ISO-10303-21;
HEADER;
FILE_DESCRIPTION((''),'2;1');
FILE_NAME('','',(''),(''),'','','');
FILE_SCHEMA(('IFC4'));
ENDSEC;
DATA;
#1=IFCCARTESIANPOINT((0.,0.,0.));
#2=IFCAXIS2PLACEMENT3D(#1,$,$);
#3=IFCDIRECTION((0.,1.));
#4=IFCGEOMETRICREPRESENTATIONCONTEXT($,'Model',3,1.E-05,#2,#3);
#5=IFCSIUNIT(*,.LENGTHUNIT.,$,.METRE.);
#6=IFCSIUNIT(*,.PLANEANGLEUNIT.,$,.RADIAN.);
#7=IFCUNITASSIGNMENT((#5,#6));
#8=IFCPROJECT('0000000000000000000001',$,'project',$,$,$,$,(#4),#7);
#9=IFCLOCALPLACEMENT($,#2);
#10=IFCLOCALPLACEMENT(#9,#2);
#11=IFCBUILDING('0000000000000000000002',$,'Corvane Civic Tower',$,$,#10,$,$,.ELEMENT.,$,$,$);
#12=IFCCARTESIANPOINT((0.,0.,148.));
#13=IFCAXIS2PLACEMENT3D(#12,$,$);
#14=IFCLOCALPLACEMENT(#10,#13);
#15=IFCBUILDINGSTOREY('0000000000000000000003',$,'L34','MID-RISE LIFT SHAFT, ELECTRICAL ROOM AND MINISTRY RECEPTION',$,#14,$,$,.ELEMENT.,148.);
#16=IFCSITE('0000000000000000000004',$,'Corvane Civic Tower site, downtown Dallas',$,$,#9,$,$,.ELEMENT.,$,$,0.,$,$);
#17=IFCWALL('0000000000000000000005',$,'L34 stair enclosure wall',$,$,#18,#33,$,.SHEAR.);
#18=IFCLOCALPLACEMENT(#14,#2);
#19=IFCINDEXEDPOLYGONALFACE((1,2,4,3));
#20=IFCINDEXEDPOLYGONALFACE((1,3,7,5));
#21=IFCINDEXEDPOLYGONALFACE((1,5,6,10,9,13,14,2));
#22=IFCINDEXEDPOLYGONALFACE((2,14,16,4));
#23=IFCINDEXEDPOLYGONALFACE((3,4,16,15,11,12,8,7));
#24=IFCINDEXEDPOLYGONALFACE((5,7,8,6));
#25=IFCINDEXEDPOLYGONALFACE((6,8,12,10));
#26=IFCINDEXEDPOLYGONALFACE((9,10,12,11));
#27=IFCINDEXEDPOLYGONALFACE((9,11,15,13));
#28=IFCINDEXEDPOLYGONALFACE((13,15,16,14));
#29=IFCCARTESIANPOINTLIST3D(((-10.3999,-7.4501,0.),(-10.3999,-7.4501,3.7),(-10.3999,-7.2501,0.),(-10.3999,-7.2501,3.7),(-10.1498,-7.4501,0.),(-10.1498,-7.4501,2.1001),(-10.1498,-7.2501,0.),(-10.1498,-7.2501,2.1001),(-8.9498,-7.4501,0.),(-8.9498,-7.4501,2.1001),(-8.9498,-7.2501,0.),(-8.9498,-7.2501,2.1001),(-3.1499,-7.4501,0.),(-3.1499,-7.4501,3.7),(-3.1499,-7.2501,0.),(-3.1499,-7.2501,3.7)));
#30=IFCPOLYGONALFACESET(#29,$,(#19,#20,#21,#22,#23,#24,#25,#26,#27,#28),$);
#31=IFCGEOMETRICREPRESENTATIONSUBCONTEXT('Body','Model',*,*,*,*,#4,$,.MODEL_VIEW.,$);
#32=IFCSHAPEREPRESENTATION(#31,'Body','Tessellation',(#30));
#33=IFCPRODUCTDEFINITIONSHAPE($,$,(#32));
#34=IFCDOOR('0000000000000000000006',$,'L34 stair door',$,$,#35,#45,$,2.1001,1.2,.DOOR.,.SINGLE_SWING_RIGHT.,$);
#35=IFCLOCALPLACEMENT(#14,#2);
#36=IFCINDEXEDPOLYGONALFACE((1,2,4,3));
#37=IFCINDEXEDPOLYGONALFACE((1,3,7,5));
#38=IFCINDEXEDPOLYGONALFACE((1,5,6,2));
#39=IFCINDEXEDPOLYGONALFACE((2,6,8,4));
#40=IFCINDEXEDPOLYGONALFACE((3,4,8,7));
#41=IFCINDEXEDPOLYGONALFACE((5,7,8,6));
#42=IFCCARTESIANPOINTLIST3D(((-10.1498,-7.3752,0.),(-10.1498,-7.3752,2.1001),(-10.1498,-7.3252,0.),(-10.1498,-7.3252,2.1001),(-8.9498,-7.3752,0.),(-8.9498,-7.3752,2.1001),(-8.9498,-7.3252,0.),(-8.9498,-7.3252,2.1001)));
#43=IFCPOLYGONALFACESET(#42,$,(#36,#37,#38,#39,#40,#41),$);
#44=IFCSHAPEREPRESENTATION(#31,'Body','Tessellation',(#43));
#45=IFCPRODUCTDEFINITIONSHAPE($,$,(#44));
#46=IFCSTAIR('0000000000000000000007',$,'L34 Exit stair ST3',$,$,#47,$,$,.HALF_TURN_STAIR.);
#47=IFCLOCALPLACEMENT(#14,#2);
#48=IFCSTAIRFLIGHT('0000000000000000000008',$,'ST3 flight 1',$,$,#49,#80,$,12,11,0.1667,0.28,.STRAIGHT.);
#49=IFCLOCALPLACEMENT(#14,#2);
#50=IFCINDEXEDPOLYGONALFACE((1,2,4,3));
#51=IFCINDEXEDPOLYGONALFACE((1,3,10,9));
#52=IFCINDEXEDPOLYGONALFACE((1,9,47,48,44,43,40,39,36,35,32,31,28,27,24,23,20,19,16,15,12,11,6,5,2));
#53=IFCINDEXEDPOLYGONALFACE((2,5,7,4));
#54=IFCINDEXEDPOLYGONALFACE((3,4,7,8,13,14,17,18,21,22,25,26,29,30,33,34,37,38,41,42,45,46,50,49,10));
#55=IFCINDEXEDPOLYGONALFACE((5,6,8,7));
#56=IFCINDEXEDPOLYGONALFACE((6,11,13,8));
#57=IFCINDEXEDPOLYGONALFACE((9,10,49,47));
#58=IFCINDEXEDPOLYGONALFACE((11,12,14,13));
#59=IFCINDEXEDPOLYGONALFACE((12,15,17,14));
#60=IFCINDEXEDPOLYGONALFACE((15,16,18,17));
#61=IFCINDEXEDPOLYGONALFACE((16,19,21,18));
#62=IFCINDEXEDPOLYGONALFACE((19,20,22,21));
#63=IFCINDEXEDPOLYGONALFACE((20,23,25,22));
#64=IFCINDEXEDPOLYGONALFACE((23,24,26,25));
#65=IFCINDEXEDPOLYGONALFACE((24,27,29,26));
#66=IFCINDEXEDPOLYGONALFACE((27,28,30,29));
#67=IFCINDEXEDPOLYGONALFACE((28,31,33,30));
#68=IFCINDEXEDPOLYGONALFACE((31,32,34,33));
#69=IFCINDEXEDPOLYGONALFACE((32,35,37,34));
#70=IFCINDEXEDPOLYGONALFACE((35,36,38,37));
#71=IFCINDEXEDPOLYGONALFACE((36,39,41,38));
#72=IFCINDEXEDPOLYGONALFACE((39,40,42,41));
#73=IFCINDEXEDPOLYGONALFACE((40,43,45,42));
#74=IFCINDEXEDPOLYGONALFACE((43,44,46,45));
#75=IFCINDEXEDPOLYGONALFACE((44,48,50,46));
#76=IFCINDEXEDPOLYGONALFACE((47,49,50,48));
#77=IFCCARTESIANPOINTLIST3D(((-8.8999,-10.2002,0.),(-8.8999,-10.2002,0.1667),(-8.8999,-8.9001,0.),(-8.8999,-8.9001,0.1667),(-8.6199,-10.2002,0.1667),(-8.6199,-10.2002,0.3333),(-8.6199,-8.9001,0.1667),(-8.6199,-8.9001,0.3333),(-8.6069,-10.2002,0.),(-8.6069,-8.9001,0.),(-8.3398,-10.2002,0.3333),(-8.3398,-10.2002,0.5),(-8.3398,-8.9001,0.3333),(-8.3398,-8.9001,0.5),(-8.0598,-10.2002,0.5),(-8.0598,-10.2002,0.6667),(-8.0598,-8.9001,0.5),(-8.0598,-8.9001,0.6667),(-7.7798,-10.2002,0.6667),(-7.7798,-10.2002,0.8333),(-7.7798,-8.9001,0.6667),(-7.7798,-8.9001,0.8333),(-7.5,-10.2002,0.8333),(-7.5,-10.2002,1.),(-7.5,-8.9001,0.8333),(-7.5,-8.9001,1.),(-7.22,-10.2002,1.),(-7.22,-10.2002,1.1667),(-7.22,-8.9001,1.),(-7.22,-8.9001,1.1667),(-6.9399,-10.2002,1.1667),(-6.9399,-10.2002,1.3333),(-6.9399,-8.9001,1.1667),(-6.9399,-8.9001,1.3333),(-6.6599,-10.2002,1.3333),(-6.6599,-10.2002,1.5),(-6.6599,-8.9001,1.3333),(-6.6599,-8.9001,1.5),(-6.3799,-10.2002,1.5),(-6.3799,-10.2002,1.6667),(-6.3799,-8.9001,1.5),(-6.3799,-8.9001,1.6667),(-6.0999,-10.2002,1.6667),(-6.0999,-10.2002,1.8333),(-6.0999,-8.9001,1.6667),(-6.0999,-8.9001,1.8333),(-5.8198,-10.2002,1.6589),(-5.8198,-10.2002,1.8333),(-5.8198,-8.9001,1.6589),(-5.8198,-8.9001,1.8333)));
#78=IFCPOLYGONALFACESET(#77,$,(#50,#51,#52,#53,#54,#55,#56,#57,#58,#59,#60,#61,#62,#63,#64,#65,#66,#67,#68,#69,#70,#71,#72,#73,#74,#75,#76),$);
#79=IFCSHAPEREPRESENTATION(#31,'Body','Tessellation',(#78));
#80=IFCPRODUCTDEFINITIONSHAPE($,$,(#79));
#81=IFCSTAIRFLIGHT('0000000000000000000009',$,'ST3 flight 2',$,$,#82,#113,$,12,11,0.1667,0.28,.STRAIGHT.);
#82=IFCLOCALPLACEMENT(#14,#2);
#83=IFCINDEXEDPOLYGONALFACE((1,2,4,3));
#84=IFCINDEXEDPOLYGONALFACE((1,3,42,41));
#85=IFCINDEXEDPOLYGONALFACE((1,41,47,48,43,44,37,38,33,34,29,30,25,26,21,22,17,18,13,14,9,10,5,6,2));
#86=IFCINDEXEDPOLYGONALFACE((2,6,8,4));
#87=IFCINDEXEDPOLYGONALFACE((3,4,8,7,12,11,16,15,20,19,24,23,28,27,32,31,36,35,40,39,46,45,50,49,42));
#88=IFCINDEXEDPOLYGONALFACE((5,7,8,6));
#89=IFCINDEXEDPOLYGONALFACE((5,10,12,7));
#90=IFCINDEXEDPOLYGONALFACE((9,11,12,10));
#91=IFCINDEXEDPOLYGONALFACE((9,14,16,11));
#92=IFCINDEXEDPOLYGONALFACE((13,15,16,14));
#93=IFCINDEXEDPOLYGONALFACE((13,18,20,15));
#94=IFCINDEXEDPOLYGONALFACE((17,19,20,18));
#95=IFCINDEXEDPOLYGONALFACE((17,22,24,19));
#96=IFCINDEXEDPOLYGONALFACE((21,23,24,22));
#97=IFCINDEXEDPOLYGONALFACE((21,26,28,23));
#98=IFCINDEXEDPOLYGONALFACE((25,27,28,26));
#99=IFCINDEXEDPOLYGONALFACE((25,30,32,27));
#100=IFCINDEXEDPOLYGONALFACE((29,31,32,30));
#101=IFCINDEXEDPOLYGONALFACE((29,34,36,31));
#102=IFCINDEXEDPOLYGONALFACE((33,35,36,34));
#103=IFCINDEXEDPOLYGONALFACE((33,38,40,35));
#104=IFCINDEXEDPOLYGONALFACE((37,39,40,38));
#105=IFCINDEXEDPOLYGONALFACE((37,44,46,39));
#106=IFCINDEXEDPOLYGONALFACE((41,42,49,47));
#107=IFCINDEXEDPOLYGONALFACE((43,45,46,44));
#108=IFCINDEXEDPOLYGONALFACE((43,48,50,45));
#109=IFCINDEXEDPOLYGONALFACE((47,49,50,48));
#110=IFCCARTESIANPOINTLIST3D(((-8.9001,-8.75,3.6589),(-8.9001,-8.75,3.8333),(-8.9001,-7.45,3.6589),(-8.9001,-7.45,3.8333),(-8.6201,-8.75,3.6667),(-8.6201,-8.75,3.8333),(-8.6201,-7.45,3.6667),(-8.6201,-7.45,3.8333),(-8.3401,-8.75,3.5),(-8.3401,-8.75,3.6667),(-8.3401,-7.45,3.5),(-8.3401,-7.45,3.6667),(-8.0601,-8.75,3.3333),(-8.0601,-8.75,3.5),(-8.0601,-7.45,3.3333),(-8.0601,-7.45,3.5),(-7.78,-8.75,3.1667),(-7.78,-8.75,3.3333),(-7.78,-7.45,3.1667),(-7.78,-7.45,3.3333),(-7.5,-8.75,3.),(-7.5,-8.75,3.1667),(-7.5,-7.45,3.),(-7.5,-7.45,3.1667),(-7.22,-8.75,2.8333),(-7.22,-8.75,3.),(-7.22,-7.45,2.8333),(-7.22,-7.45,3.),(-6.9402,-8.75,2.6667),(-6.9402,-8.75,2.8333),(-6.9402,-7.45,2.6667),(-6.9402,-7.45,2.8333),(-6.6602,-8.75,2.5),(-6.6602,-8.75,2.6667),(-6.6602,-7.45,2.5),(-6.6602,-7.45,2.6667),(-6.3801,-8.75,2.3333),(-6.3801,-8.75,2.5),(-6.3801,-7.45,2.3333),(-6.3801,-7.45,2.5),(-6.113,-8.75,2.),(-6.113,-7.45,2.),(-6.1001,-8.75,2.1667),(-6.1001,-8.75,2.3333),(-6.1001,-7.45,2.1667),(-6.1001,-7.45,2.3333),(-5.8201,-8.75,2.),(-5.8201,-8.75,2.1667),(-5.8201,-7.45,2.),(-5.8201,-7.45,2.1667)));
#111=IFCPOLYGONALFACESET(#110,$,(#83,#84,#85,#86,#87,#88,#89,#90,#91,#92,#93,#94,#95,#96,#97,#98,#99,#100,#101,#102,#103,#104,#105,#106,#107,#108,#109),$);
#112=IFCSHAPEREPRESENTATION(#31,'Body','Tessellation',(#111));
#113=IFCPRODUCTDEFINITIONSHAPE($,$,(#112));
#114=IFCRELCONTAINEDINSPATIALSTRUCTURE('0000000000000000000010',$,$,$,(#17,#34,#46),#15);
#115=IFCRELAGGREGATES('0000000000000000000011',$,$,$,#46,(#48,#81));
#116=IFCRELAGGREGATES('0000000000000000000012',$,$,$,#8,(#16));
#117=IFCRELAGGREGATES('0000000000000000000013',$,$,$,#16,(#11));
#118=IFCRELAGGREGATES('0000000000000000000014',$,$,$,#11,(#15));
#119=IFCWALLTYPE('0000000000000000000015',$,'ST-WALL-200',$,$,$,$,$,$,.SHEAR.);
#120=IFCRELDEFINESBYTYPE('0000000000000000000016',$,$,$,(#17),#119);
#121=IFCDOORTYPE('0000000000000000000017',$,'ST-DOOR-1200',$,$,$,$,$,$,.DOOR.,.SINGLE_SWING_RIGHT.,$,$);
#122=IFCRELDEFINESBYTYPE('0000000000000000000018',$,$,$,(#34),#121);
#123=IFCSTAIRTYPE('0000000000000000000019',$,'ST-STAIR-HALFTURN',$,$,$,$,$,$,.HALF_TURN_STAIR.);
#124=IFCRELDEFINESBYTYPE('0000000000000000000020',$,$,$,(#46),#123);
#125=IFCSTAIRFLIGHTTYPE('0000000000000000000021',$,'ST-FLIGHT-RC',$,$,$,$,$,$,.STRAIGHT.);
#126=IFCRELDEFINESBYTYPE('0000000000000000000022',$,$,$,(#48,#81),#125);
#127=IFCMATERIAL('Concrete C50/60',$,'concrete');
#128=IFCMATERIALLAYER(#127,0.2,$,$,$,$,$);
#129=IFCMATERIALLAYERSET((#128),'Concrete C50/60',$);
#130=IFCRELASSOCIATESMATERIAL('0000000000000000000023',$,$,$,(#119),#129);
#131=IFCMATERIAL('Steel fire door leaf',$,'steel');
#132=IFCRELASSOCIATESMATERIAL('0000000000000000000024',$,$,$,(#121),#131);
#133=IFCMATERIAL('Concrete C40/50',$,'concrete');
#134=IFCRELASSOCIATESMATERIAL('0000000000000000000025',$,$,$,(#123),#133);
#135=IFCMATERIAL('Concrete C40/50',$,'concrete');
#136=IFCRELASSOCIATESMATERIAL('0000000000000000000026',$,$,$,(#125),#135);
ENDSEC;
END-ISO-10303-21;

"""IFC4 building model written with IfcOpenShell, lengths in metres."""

from ifc_helpers import new_model, si_unit, direction, frame, frame_2d, origin, place, context, subcontext, project, spatial, polyline, rectangle, outline, extrude, material, layer, layer_set, type_object, element, fill, aggregate, save


model = new_model("IFC4")

# Units and contexts
model_context = context("Model", 3, precision=1e-05, world=origin(), true_north=direction((0.0, 1.0)))
body_context = subcontext(model_context, "Body", "Model", "MODEL_VIEW")
ifc_project = project(units=[si_unit("LENGTHUNIT", "METRE"), si_unit("PLANEANGLEUNIT", "RADIAN")], contexts=[model_context])

# Site, building, storey
site_placement = place(None, origin())
site = spatial("IfcSite", under=ifc_project, at=site_placement, Name="Corvane Civic Tower site, downtown Dallas", CompositionType="ELEMENT", RefElevation=0.0)
building_placement = place(site_placement, origin())
building = spatial("IfcBuilding", under=site, at=building_placement, Name="Corvane Civic Tower", CompositionType="ELEMENT")
storey_placement = place(building_placement, frame((0.0, 0.0, 148.0)))
storey = spatial("IfcBuildingStorey", under=building, at=storey_placement, Name="L34", Description="MID-RISE LIFT SHAFT, ELECTRICAL ROOM AND MINISTRY RECEPTION", CompositionType="ELEMENT", Elevation=148.0)

# Wall, opening, door
ifc_material_1 = material(Name="Concrete C50/60", Category="concrete")
ifc_layer_1 = layer(ifc_material_1, 0.2)
ifc_layer_set_1 = layer_set([ifc_layer_1], Name="Concrete C50/60")
wall_type_1 = type_object("IfcWallType", Name="ST-WALL-200", PredefinedType="SHEAR", material=ifc_layer_set_1)
wall_1_placement = place(storey_placement, frame((-10.3999, -7.3501, 0.0), z_axis=(0.0, 0.0, 1.0), x_axis=(1.0, 0.0, 0.0)))
wall_1 = element("IfcWall", 1, at=wall_1_placement, inside=storey, type_object=wall_type_1, Name="L34 stair enclosure wall", PredefinedType="SHEAR", context=body_context, shape_type="SweptSolid", body=[
    extrude(rectangle(XDim=7.25, YDim=0.2, at=frame_2d((3.625, 0.0))), origin(), (0.0, 0.0, 1.0), 3.7),
])
opening_1_placement = place(wall_1_placement, frame((0.25, 0.0, 0.0)))
opening_1 = element("IfcOpeningElement", 2, at=opening_1_placement, cuts=wall_1, PredefinedType="OPENING", context=body_context, shape_type="SweptSolid", body=[
    extrude(rectangle(XDim=1.2, YDim=2.1001, at=frame_2d((0.6001, 1.05))), frame((0.0, 0.1099, 0.0), z_axis=(0.0, -1.0, 0.0), x_axis=(1.0, 0.0, 0.0)), (0.0, 0.0, 1.0), 0.22),
])
ifc_material_2 = material(Name="Steel fire door leaf", Category="steel")
door_type_1 = type_object("IfcDoorType", Name="ST-DOOR-1200", OperationType="SINGLE_SWING_RIGHT", PredefinedType="DOOR", material=ifc_material_2)
door_1_placement = place(opening_1_placement, origin())
door_1 = element("IfcDoor", 3, at=door_1_placement, inside=storey, type_object=door_type_1, Name="L34 stair door", OperationType="SINGLE_SWING_RIGHT", OverallHeight=2.1001, OverallWidth=1.2, PredefinedType="DOOR", context=body_context, shape_type="SweptSolid", body=[
    extrude(rectangle(XDim=1.2, YDim=2.1001, at=frame_2d((0.6001, 1.05))), frame((0.0, 0.0249, 0.0), z_axis=(0.0, -1.0, 0.0), x_axis=(1.0, 0.0, 0.0)), (0.0, 0.0, 1.0), 0.05),
])
fill(opening_1, door_1)

# Stair, stair flights
ifc_material_3 = material(Name="Concrete C40/50", Category="concrete")
stair_type = type_object("IfcStairType", Name="ST-STAIR-HALFTURN", PredefinedType="HALF_TURN_STAIR", material=ifc_material_3)
stair_placement = place(storey_placement, origin())
stair = element("IfcStair", 4, at=stair_placement, inside=storey, type_object=stair_type, Name="L34 Exit stair ST3", PredefinedType="HALF_TURN_STAIR")
ifc_material_4 = material(Name="Concrete C40/50", Category="concrete")
stair_flight_type = type_object("IfcStairFlightType", Name="ST-FLIGHT-RC", PredefinedType="STRAIGHT", material=ifc_material_4)
stair_flight_1_placement = place(storey_placement, frame((-8.8999, -9.55, 0.0), z_axis=(0.0, 0.0, 1.0), x_axis=(1.0, 0.0, 0.0)))
stair_flight_1 = element("IfcStairFlight", 5, at=stair_flight_1_placement, type_object=stair_flight_type, Name="ST3 flight 1", NumberOfRisers=12, NumberOfTreads=11, PredefinedType="STRAIGHT", RiserHeight=0.1667, TreadLength=0.28, context=body_context, shape_type="SweptSolid", body=[
    extrude(outline(polyline([(0.0, 0.0), (0.0, 0.1667), (0.28, 0.1667), (0.28, 0.3333), (0.5601, 0.3333), (0.5601, 0.5), (0.8401, 0.5), (0.8401, 0.6667), (1.1201, 0.6667), (1.1201, 0.8333), (1.3999, 0.8333), (1.3999, 1.0), (1.6799, 1.0), (1.6799, 1.1667), (1.96, 1.1667), (1.96, 1.3333), (2.24, 1.3333), (2.24, 1.5), (2.52, 1.5), (2.52, 1.6667), (2.8, 1.6667), (2.8, 1.8333), (3.0801, 1.8333), (3.0801, 2.0), (3.0801, 1.6589), (0.293, 0.0), (0.0, 0.0)])), frame((0.0, 0.6499, 0.0), z_axis=(0.0, -1.0, 0.0), x_axis=(1.0, 0.0, 0.0)), (0.0, 0.0, 1.0), 1.3),
])
stair_flight_2_placement = place(storey_placement, frame((-5.8201, -8.1001, 2.0), z_axis=(0.0, 0.0, 1.0), x_axis=(-1.0, 0.0, 0.0)))
stair_flight_2 = element("IfcStairFlight", 6, at=stair_flight_2_placement, type_object=stair_flight_type, Name="ST3 flight 2", NumberOfRisers=12, NumberOfTreads=11, PredefinedType="STRAIGHT", RiserHeight=0.1667, TreadLength=0.28, context=body_context, shape_type="SweptSolid", body=[
    extrude(outline(polyline([(0.0, 0.0), (0.0, 0.1667), (0.28, 0.1667), (0.28, 0.3333), (0.5601, 0.3333), (0.5601, 0.5), (0.8401, 0.5), (0.8401, 0.6667), (1.1201, 0.6667), (1.1201, 0.8333), (1.3999, 0.8333), (1.3999, 1.0), (1.6799, 1.0), (1.6799, 1.1667), (1.96, 1.1667), (1.96, 1.3333), (2.24, 1.3333), (2.24, 1.5), (2.52, 1.5), (2.52, 1.6667), (2.8, 1.6667), (2.8, 1.8333), (3.0801, 1.8333), (3.0801, 2.0), (3.0801, 1.6589), (0.293, 0.0), (0.0, 0.0)])), frame((0.0, 0.6499, 0.0), z_axis=(0.0, -1.0, 0.0), x_axis=(1.0, 0.0, 0.0)), (0.0, 0.0, 1.0), 1.3),
])
aggregate(stair, [stair_flight_1, stair_flight_2])

save(model, "model.ifc")
